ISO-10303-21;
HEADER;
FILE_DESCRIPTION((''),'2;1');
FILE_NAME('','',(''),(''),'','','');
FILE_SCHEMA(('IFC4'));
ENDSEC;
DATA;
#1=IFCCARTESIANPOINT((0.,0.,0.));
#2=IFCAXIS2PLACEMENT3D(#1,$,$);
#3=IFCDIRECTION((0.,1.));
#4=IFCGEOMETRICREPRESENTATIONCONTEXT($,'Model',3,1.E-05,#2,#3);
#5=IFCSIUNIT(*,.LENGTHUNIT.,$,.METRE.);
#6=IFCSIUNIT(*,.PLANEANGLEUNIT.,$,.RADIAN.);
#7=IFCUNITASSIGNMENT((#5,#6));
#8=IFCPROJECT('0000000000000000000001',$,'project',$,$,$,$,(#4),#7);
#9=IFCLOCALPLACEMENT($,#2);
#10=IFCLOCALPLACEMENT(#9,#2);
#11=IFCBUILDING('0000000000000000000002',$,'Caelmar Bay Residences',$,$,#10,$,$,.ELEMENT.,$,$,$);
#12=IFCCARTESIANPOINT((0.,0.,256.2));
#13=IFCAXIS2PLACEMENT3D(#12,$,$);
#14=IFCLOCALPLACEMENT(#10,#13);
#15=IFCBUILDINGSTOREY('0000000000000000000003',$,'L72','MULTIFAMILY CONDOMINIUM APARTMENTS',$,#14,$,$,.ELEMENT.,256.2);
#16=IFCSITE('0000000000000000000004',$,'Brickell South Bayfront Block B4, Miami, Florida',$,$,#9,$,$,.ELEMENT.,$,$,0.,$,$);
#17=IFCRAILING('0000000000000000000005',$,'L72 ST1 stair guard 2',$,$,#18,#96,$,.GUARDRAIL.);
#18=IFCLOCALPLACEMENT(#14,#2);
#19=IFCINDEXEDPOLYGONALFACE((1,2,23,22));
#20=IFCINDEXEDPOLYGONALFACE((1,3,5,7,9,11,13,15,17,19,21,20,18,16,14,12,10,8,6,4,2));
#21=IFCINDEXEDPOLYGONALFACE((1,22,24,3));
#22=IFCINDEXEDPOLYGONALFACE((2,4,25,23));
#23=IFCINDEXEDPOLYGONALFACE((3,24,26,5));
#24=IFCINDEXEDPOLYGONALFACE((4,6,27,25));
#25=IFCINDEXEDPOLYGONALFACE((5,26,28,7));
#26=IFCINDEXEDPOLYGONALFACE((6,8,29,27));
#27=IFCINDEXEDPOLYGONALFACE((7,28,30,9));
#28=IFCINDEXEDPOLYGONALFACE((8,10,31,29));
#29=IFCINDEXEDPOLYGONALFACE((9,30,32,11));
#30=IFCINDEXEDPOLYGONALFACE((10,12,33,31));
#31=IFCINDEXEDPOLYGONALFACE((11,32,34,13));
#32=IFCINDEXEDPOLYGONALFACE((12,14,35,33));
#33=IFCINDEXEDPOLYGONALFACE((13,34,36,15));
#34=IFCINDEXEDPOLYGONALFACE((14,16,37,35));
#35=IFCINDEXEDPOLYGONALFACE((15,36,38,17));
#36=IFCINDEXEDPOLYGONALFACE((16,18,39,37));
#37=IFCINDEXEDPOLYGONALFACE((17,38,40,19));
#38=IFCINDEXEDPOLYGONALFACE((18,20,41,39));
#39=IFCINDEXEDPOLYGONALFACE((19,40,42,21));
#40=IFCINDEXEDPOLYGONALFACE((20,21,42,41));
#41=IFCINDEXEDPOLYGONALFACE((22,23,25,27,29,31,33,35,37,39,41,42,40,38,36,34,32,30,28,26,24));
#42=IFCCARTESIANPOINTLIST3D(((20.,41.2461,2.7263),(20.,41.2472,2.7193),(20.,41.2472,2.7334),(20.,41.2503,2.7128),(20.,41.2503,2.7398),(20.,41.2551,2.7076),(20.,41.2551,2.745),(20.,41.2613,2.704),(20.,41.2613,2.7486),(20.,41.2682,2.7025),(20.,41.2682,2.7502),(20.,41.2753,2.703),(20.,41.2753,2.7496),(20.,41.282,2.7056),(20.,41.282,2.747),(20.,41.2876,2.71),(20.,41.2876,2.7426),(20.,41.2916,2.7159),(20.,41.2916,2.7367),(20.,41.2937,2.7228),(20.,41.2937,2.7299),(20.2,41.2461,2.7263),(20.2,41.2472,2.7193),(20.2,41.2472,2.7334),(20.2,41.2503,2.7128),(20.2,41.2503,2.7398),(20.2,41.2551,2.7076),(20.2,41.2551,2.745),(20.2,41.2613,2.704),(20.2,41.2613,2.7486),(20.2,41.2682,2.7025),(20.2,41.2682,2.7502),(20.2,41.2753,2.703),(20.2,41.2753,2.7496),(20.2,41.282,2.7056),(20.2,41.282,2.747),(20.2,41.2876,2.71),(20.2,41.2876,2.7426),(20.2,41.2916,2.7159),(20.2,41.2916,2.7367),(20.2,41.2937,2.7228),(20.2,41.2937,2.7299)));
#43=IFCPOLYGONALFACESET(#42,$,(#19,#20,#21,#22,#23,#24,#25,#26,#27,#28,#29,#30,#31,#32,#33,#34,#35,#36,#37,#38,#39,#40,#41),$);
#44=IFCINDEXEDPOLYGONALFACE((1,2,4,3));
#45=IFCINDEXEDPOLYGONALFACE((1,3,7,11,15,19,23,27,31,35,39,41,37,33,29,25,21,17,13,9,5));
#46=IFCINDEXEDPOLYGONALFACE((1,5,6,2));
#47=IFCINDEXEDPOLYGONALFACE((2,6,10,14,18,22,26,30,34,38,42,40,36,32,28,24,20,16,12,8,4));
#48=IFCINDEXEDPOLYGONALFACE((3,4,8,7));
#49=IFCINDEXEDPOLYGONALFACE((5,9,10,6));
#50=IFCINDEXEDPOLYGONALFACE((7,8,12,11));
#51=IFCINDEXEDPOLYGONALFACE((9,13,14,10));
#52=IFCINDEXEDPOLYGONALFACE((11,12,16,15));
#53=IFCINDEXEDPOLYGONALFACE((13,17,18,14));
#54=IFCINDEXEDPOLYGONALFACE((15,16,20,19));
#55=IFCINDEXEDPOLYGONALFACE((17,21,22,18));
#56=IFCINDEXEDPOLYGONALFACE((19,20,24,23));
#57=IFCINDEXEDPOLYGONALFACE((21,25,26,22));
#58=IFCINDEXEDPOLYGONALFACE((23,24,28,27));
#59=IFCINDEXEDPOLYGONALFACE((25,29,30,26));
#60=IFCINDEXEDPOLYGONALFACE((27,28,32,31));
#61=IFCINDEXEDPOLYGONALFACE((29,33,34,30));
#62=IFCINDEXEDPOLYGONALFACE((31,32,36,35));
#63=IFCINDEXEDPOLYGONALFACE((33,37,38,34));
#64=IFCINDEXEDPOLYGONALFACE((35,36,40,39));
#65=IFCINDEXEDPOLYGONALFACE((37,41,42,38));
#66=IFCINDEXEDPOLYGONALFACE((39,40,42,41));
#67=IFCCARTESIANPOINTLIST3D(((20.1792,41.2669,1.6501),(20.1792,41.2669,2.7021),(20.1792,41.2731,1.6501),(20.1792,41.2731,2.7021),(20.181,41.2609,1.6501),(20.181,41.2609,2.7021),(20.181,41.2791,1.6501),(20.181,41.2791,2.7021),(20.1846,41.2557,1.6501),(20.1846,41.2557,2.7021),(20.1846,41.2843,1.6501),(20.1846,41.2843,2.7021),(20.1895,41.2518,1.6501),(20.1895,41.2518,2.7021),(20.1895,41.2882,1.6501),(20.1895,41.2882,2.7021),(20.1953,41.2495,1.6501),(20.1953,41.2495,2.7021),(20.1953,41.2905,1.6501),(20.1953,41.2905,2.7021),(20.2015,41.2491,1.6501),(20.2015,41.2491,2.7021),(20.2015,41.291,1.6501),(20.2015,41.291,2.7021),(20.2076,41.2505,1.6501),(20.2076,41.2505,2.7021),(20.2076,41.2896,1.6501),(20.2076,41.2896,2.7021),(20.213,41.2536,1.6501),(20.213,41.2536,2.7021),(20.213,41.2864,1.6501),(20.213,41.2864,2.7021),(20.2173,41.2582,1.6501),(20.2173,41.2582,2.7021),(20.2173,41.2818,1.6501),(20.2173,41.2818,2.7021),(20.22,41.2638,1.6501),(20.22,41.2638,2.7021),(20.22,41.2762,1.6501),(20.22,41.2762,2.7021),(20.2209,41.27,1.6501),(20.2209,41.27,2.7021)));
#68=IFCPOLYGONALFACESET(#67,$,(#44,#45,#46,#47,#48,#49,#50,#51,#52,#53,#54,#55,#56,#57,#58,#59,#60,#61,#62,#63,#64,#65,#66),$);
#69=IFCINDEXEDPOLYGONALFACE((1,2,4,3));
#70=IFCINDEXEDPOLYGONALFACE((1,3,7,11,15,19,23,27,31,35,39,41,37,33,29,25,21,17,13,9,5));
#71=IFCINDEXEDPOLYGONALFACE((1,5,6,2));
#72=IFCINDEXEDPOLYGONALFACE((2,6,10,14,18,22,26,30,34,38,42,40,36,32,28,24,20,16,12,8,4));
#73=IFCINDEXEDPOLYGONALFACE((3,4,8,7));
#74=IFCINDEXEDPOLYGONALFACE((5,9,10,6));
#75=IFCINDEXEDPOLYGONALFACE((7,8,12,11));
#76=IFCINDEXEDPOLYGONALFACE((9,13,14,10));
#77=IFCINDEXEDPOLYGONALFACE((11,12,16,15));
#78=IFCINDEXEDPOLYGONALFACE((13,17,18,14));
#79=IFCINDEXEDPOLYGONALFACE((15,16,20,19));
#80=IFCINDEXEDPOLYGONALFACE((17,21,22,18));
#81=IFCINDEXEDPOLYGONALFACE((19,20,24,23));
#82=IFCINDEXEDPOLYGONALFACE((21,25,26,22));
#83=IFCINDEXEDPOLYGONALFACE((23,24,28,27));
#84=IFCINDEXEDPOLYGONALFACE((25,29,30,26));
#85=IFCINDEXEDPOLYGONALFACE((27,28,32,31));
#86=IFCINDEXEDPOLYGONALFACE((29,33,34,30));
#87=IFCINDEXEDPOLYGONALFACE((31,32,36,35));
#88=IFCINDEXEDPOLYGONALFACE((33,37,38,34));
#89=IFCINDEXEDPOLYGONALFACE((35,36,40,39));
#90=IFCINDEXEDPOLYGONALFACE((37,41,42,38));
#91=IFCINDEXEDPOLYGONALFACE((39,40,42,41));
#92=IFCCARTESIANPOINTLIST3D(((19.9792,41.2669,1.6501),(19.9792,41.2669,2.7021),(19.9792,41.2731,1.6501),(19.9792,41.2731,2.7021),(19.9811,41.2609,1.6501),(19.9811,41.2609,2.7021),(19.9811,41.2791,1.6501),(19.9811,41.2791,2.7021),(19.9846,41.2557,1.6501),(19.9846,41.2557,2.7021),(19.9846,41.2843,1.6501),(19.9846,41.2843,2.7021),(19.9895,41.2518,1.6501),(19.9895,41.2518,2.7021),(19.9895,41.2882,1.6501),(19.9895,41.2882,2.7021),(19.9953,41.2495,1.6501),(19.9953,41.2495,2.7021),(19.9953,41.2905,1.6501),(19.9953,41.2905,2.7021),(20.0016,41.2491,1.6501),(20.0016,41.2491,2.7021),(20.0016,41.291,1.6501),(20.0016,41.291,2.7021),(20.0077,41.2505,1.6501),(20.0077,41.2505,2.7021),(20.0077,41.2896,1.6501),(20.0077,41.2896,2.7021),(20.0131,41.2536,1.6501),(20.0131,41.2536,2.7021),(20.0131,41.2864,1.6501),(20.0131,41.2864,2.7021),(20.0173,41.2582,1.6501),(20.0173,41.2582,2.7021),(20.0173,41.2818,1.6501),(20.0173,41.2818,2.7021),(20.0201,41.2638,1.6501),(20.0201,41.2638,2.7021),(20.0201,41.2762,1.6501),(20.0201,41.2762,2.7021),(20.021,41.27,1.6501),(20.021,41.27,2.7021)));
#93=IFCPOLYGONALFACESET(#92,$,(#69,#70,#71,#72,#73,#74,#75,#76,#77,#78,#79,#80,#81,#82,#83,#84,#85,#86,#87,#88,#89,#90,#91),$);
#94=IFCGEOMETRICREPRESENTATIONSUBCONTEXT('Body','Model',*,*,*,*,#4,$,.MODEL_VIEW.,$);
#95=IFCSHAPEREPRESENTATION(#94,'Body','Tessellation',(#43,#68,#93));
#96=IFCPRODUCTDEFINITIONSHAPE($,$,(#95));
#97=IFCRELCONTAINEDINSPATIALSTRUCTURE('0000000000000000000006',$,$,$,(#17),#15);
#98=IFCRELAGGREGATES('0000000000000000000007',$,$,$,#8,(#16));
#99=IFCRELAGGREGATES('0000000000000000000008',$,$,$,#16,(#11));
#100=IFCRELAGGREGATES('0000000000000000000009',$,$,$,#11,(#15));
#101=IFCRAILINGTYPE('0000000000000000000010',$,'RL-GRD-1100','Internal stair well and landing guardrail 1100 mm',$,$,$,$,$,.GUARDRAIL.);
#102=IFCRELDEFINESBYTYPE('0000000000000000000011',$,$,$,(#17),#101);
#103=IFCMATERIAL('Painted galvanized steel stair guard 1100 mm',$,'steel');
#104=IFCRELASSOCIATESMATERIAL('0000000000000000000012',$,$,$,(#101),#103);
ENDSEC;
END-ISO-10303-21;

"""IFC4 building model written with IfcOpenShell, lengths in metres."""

from ifc_helpers import new_model, si_unit, direction, frame, origin, origin_2d, place, context, subcontext, project, spatial, circle, extrude, material, type_object, element, save


model = new_model("IFC4")

# Units and contexts
model_context = context("Model", 3, precision=1e-05, world=origin(), true_north=direction((0.0, 1.0)))
body_context = subcontext(model_context, "Body", "Model", "MODEL_VIEW")
ifc_project = project(units=[si_unit("LENGTHUNIT", "METRE"), si_unit("PLANEANGLEUNIT", "RADIAN")], contexts=[model_context])

# Site, building, storey
site_placement = place(None, origin())
site = spatial("IfcSite", under=ifc_project, at=site_placement, Name="Brickell South Bayfront Block B4, Miami, Florida", CompositionType="ELEMENT", RefElevation=0.0)
building_placement = place(site_placement, origin())
building = spatial("IfcBuilding", under=site, at=building_placement, Name="Caelmar Bay Residences", CompositionType="ELEMENT")
storey_placement = place(building_placement, frame((0.0, 0.0, 256.2)))
storey = spatial("IfcBuildingStorey", under=building, at=storey_placement, Name="L72", Description="MULTIFAMILY CONDOMINIUM APARTMENTS", CompositionType="ELEMENT", Elevation=256.2)

# Railing
ifc_material_1 = material(Name="Painted galvanized steel stair guard 1100 mm", Category="steel")
railing_type_1 = type_object("IfcRailingType", Name="RL-GRD-1100", Description="Internal stair well and landing guardrail 1100 mm", PredefinedType="GUARDRAIL", material=ifc_material_1)
railing_1_placement = place(storey_placement, frame((20.2, 41.27, 1.6501)))
element("IfcRailing", 1, at=railing_1_placement, inside=storey, type_object=railing_type_1, Name="L72 ST1 stair guard 2", PredefinedType="GUARDRAIL", context=body_context, shape_type="SweptSolid", body=[
    extrude(circle(Radius=0.0239, at=origin_2d()), frame((0.0, 0.0, 1.0762), z_axis=(-1.0, 0.0, 0.0), x_axis=(0.0, -1.0, 0.0)), (0.0, 0.0, 1.0), 0.2),
    extrude(circle(Radius=0.021, at=origin_2d()), origin(), (0.0, 0.0, 1.0), 1.052),
    extrude(circle(Radius=0.021, at=origin_2d()), frame((-0.2, 0.0, 0.0)), (0.0, 0.0, 1.0), 1.052),
])

save(model, "model.ifc")
